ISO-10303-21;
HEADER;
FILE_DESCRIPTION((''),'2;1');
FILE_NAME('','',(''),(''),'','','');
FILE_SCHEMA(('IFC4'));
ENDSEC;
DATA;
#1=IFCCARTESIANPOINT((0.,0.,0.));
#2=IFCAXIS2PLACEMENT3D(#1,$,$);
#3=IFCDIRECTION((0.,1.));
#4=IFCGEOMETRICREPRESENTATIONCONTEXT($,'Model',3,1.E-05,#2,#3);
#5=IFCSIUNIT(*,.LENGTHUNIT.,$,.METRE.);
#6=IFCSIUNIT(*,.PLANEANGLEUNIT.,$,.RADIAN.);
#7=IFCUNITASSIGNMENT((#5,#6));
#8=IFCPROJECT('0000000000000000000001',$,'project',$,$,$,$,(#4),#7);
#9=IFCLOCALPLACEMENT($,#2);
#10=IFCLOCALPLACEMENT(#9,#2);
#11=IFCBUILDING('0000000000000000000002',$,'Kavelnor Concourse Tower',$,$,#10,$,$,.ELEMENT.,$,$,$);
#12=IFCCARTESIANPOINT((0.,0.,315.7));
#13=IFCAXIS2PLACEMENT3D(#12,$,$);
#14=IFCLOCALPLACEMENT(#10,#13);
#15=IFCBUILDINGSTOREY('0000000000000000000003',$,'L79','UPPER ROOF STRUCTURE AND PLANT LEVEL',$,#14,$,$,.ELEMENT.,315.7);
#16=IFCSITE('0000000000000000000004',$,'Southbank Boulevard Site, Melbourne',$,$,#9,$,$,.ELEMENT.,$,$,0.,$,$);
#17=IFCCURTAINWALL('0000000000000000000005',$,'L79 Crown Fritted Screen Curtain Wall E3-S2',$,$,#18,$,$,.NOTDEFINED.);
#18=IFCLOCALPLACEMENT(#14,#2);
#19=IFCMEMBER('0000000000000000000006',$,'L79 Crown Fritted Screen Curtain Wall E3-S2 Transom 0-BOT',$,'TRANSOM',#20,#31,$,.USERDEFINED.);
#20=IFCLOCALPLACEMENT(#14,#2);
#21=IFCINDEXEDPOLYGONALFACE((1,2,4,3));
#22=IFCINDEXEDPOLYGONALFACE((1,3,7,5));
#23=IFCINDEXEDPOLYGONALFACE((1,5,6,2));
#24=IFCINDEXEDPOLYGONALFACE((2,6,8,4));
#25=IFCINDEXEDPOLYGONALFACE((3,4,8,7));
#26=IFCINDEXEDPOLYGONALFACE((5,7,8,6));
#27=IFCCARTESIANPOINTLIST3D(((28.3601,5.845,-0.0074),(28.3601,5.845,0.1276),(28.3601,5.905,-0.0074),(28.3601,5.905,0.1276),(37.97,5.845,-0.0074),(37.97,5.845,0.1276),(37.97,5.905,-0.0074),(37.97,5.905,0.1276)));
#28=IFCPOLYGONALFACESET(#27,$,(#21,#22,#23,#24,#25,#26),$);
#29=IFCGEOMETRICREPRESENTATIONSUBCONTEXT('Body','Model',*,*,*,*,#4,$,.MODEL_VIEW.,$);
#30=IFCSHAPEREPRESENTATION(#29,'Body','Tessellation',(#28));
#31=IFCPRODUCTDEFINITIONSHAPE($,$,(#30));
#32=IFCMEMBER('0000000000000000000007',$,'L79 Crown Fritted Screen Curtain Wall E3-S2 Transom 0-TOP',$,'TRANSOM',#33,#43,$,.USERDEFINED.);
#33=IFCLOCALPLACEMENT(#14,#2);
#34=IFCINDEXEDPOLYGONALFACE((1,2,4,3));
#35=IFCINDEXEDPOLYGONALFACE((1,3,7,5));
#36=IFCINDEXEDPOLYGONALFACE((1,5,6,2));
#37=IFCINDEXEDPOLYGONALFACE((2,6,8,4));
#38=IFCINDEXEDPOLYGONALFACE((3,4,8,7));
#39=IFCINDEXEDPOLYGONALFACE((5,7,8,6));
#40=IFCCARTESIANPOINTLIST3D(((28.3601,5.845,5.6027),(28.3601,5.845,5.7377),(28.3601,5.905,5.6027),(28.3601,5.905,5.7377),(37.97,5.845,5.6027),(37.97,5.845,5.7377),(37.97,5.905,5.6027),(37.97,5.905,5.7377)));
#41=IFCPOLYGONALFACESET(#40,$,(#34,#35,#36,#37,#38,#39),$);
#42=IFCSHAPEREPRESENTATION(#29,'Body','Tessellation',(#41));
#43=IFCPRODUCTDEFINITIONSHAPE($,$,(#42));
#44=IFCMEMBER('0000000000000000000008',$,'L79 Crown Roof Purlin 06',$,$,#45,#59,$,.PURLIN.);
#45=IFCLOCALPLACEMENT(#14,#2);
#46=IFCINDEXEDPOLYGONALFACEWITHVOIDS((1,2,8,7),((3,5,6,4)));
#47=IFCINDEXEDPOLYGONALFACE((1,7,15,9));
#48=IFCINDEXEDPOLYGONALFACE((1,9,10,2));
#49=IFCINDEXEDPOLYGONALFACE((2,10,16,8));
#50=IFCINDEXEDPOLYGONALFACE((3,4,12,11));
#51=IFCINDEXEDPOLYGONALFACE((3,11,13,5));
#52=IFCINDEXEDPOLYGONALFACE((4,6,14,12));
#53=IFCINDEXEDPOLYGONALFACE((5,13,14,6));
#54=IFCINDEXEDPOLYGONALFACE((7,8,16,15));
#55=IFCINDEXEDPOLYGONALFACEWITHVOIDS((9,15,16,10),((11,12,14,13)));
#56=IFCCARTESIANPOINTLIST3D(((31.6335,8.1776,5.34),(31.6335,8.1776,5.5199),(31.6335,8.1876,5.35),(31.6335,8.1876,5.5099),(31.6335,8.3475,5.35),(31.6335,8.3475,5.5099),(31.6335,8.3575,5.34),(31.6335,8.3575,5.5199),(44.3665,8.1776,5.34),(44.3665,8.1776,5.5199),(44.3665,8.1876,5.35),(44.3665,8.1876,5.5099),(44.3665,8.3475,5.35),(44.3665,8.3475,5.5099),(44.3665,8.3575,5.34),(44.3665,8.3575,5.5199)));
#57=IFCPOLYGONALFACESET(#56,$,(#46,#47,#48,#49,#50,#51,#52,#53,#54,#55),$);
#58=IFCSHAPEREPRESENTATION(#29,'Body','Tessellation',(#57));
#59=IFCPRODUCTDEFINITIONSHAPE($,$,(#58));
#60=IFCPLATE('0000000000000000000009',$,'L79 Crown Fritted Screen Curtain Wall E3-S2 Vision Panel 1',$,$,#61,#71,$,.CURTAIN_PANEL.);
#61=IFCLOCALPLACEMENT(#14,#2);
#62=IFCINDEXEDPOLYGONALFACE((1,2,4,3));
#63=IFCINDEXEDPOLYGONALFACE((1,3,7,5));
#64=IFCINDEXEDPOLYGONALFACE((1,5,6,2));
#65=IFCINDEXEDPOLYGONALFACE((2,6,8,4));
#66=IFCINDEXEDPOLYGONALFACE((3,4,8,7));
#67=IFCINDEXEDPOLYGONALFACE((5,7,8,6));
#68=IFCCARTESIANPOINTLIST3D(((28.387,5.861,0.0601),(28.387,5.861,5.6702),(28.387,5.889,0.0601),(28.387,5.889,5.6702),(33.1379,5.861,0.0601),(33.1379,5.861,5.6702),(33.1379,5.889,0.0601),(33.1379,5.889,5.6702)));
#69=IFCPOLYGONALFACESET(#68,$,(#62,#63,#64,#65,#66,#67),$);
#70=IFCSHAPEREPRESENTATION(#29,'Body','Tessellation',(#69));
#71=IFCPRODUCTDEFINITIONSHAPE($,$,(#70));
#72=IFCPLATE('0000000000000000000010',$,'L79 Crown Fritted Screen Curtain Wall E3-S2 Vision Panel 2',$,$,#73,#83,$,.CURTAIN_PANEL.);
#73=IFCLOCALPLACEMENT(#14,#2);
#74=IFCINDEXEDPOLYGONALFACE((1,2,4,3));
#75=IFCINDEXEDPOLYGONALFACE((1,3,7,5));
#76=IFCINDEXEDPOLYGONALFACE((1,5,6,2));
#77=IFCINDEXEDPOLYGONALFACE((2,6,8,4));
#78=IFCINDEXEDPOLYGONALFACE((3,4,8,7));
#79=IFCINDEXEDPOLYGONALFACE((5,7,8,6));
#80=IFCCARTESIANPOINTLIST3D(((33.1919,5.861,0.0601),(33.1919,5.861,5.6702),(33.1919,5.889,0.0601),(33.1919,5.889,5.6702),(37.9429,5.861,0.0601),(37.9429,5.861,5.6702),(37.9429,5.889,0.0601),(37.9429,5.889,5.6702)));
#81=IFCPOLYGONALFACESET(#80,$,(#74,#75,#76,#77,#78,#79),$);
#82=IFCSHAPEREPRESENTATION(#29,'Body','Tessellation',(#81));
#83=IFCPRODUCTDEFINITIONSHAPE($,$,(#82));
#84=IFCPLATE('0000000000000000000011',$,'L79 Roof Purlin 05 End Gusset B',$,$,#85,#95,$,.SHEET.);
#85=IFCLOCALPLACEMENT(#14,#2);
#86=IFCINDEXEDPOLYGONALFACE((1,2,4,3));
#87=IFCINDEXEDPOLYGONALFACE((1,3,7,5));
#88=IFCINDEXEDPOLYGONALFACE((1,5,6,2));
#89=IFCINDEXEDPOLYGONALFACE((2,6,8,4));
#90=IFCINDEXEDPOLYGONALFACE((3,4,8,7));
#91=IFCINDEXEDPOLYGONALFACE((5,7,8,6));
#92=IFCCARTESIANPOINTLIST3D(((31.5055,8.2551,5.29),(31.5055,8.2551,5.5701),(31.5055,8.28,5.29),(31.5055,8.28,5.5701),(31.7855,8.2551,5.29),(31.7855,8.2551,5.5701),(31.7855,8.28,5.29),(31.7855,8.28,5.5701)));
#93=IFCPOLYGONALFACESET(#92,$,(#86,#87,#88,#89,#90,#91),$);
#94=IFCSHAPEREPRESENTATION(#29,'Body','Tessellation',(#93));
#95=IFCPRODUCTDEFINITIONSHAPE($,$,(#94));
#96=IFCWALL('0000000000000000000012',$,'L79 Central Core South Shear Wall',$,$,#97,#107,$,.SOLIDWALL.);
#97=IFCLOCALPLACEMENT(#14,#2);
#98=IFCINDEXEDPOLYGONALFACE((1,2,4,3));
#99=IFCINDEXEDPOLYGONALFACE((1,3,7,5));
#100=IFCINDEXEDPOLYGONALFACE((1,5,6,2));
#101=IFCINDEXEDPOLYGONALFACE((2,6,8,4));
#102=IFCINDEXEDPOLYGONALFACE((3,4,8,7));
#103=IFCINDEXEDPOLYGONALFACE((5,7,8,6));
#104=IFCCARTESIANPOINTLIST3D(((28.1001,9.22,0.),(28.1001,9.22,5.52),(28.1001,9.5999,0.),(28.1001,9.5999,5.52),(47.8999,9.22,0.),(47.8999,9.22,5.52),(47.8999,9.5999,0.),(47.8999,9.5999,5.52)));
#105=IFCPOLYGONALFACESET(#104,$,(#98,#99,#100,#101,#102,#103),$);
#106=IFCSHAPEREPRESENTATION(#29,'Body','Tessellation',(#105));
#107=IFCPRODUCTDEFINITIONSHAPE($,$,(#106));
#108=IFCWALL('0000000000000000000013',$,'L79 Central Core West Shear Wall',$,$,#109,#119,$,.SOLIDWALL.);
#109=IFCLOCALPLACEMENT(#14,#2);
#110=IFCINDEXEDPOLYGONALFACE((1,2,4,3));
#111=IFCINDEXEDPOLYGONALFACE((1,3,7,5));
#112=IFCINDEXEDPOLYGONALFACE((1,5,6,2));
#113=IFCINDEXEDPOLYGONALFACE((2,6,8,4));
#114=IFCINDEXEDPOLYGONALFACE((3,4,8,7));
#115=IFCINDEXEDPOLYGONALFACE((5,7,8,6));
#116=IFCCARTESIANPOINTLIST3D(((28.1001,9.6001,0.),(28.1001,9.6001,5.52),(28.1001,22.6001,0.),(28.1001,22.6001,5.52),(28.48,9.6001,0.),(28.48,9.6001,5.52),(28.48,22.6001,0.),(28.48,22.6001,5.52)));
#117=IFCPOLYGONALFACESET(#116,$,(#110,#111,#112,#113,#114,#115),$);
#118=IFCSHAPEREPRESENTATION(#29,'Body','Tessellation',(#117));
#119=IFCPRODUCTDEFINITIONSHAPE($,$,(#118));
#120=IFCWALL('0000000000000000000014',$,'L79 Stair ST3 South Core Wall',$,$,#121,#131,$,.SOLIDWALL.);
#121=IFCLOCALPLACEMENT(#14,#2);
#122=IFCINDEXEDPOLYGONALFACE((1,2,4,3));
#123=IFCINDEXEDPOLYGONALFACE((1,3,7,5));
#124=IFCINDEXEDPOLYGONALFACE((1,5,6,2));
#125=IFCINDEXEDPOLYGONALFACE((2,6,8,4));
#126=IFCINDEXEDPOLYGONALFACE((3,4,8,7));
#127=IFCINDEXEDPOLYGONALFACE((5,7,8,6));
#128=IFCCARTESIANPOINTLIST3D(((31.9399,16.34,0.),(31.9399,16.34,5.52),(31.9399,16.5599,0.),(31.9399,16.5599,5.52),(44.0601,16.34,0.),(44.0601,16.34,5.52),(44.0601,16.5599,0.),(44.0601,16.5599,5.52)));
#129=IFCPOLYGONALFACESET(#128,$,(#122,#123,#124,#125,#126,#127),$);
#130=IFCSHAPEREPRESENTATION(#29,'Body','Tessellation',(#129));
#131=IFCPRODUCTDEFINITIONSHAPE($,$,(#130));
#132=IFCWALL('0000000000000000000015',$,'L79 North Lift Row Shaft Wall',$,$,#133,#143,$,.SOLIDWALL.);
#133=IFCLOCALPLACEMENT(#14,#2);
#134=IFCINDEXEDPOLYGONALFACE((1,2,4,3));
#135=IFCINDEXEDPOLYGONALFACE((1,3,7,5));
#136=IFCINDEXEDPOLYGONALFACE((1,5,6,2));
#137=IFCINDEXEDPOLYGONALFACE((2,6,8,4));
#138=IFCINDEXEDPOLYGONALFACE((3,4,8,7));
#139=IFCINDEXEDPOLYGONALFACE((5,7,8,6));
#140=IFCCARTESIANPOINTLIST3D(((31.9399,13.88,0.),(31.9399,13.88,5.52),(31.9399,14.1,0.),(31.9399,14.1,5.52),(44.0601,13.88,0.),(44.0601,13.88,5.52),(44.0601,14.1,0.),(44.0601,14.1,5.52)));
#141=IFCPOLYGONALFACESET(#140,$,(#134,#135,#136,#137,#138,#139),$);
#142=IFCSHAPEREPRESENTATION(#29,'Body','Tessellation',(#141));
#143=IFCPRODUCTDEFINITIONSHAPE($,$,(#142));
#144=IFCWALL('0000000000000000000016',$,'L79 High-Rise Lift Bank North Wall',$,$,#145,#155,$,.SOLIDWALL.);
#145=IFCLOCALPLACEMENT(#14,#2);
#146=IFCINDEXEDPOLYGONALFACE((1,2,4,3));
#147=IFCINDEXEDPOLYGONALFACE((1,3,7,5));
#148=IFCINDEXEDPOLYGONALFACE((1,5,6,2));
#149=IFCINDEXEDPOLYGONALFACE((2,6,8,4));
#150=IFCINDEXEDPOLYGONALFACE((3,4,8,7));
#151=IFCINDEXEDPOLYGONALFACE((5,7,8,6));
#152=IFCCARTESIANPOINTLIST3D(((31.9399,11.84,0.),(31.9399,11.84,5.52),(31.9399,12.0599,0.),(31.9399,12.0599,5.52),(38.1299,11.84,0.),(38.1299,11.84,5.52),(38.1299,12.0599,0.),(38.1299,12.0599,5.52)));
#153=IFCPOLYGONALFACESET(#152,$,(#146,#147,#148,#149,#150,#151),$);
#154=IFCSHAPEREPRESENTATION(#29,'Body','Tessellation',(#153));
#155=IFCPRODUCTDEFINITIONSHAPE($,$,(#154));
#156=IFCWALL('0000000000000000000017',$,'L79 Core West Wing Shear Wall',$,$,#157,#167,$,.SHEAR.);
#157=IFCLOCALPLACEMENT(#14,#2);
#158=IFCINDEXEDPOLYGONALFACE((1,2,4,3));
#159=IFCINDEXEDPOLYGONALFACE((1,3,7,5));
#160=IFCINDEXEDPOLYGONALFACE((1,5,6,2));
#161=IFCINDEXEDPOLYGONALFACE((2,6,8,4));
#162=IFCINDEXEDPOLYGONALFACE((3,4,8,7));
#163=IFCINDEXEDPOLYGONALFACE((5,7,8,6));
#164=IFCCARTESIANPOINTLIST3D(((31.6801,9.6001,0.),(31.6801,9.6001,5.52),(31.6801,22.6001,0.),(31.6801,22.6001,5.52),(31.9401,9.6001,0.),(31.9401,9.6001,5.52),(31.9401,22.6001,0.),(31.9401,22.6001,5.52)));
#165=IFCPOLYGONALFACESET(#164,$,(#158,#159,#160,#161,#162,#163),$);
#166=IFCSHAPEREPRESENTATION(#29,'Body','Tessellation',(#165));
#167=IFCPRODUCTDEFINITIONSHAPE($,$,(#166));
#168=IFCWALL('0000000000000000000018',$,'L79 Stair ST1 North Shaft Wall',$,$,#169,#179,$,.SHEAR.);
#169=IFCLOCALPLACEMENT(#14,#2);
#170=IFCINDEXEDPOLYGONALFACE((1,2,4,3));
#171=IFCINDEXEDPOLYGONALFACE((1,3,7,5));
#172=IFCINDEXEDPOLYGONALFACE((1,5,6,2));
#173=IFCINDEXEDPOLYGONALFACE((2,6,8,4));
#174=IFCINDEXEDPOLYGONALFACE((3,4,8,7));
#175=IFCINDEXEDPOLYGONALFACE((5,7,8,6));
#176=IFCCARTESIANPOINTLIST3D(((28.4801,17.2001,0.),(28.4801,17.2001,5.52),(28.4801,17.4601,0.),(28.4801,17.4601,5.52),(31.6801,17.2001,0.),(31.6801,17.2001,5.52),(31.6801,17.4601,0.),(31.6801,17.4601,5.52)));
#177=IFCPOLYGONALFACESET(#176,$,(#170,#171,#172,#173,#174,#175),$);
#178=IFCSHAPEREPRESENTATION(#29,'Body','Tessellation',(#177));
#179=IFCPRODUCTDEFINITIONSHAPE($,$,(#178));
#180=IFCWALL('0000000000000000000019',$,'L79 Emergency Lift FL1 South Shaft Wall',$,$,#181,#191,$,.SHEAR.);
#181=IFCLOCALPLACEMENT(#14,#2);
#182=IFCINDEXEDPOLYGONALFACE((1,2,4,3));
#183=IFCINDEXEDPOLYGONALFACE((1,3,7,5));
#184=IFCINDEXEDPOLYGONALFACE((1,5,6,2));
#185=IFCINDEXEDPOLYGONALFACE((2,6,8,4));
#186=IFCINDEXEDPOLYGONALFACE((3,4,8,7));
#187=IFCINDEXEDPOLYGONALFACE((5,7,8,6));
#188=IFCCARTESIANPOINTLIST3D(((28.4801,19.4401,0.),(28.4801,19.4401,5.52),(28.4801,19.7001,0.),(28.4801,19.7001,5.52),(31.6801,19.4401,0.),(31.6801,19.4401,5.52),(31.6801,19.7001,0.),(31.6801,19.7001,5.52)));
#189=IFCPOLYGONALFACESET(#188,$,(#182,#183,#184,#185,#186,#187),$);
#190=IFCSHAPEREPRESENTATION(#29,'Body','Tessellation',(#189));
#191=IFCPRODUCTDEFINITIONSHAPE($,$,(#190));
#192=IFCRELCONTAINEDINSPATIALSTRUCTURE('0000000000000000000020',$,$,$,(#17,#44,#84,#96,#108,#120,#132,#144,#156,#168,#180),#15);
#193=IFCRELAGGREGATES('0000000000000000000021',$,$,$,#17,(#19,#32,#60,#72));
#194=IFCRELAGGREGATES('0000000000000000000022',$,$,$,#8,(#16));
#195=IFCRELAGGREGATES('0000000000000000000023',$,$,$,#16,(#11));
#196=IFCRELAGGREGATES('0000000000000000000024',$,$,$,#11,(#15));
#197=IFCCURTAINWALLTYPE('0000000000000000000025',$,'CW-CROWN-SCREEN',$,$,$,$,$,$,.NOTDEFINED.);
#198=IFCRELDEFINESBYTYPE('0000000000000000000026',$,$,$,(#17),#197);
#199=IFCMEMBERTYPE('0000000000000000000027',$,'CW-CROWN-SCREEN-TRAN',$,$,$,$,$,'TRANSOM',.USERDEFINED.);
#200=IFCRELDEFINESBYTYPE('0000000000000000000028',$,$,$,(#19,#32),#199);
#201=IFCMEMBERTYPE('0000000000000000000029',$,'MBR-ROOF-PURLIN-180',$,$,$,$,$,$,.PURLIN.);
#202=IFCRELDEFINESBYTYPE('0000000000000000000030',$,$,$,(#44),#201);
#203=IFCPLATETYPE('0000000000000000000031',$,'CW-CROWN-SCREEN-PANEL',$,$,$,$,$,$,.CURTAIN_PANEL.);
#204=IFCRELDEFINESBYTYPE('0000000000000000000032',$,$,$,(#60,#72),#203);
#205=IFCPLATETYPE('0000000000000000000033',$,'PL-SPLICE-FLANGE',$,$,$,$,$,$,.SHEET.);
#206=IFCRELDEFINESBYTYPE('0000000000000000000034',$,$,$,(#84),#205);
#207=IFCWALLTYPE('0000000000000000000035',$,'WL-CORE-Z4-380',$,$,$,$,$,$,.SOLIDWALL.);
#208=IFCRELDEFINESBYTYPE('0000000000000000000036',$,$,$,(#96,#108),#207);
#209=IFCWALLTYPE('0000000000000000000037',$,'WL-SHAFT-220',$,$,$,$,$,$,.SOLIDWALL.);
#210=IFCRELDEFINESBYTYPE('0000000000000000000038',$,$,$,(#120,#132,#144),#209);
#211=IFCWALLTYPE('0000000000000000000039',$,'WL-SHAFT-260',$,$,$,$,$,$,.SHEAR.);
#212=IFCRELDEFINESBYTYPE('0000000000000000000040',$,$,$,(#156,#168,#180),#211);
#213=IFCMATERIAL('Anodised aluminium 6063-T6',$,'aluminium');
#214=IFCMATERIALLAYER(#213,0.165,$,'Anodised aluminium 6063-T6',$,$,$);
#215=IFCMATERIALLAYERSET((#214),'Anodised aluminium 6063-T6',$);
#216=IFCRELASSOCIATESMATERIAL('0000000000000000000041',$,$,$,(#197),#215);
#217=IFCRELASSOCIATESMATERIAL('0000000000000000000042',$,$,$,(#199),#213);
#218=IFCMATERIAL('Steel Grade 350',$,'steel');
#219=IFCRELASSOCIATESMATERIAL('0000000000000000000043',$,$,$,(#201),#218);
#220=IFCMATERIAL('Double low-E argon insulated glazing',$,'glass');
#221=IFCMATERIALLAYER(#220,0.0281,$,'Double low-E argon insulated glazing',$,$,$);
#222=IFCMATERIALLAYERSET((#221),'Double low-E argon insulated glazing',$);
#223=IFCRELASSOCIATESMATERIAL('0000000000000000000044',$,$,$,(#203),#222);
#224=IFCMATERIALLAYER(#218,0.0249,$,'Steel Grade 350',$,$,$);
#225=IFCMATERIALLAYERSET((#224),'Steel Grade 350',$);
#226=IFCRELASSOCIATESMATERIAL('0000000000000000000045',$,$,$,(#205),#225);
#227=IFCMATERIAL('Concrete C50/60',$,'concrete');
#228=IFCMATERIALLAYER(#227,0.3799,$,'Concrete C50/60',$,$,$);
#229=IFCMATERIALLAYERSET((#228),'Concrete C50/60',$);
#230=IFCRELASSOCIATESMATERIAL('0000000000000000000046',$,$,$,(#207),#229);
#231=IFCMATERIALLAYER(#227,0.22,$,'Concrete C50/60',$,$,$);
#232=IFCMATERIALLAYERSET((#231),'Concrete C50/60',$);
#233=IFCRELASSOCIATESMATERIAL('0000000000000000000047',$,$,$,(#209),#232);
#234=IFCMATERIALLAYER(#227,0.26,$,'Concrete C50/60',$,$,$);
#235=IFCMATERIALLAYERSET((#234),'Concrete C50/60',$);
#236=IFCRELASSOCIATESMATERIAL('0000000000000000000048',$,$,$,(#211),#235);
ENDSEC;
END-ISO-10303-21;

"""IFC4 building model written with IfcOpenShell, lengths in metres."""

from ifc_helpers import new_model, si_unit, direction, frame, frame_2d, origin, origin_2d, place, context, subcontext, project, spatial, rectangle, hollow_rectangle, extrude, material, layer, layer_set, material_profile, profile_set, type_object, element, aggregate, save


model = new_model("IFC4")

# Units and contexts
model_context = context("Model", 3, precision=1e-05, world=origin(), true_north=direction((0.0, 1.0)))
body_context = subcontext(model_context, "Body", "Model", "MODEL_VIEW")
ifc_project = project(units=[si_unit("LENGTHUNIT", "METRE"), si_unit("PLANEANGLEUNIT", "RADIAN")], contexts=[model_context])

# Site, building, storey
site_placement = place(None, origin())
site = spatial("IfcSite", under=ifc_project, at=site_placement, Name="Southbank Boulevard Site, Melbourne", CompositionType="ELEMENT", RefElevation=0.0)
building_placement = place(site_placement, origin())
building = spatial("IfcBuilding", under=site, at=building_placement, Name="Kavelnor Concourse Tower", CompositionType="ELEMENT")
storey_placement = place(building_placement, frame((0.0, 0.0, 315.7)))
storey = spatial("IfcBuildingStorey", under=building, at=storey_placement, Name="L79", Description="UPPER ROOF STRUCTURE AND PLANT LEVEL", CompositionType="ELEMENT", Elevation=315.7)

# Shared definitions
ifc_material_1 = material(Name="Steel Grade 350", Category="steel")

# Shared definitions
ifc_material_2 = material(Name="Anodised aluminium 6063-T6", Category="aluminium")
ifc_layer_1 = layer(ifc_material_2, 0.165, Name="Anodised aluminium 6063-T6")
ifc_layer_set_1 = layer_set([ifc_layer_1], Name="Anodised aluminium 6063-T6")
curtain_wall_type = type_object("IfcCurtainWallType", Name="CW-CROWN-SCREEN", PredefinedType="NOTDEFINED", material=ifc_layer_set_1)

# Curtain wall, members
curtain_wall_1_placement = place(storey_placement, origin())
curtain_wall_1 = element("IfcCurtainWall", 1, at=curtain_wall_1_placement, inside=storey, type_object=curtain_wall_type, Name="L79 Crown Fritted Screen Curtain Wall E3-S2", PredefinedType="NOTDEFINED")
ifc_material_profile_1 = material_profile(ifc_material_2, rectangle(XDim=0.0601, YDim=0.135, at=origin_2d()), Name="AL-TRAN 60x135")
ifc_profile_set_1 = profile_set([ifc_material_profile_1], Name="Anodised aluminium 6063-T6")
member_type_1 = type_object("IfcMemberType", Name="CW-CROWN-SCREEN-TRAN", ElementType="TRANSOM", PredefinedType="USERDEFINED", material=ifc_profile_set_1)
member_1_placement = place(storey_placement, frame((28.3601, 5.875, 0.0601), z_axis=(1.0, 0.0, 0.0), x_axis=(0.0, 1.0, 0.0)))
member_1 = element("IfcMember", 2, at=member_1_placement, type_object=member_type_1, Name="L79 Crown Fritted Screen Curtain Wall E3-S2 Transom 0-BOT", ObjectType="TRANSOM", PredefinedType="USERDEFINED", context=body_context, shape_type="SweptSolid", body=[
    extrude(rectangle(XDim=0.0601, YDim=0.135, at=origin_2d()), origin(), (0.0, 0.0, 1.0), 9.6099),
])
member_2_placement = place(storey_placement, frame((28.3601, 5.875, 5.6702), z_axis=(1.0, 0.0, 0.0), x_axis=(0.0, 1.0, 0.0)))
member_2 = element("IfcMember", 3, at=member_2_placement, type_object=member_type_1, Name="L79 Crown Fritted Screen Curtain Wall E3-S2 Transom 0-TOP", ObjectType="TRANSOM", PredefinedType="USERDEFINED", context=body_context, shape_type="SweptSolid", body=[
    extrude(rectangle(XDim=0.0601, YDim=0.135, at=origin_2d()), origin(), (0.0, 0.0, 1.0), 9.6099),
])

# Member
ifc_material_profile_2 = material_profile(ifc_material_1, hollow_rectangle(XDim=0.1799, YDim=0.1799, WallThickness=0.01, at=origin_2d()), Name="SHS 180x180x10")
ifc_profile_set_2 = profile_set([ifc_material_profile_2], Name="Steel Grade 350")
member_type_2 = type_object("IfcMemberType", Name="MBR-ROOF-PURLIN-180", PredefinedType="PURLIN", material=ifc_profile_set_2)
member_3_placement = place(storey_placement, frame((31.6335, 8.2676, 5.4299), z_axis=(1.0, 0.0, 0.0), x_axis=(0.0, 1.0, 0.0)))
element("IfcMember", 4, at=member_3_placement, inside=storey, type_object=member_type_2, Name="L79 Crown Roof Purlin 06", PredefinedType="PURLIN", context=body_context, shape_type="SweptSolid", body=[
    extrude(hollow_rectangle(XDim=0.1799, YDim=0.1799, WallThickness=0.01, at=origin_2d()), origin(), (0.0, 0.0, 1.0), 12.7329),
])

# Plates
ifc_material_3 = material(Name="Double low-E argon insulated glazing", Category="glass")
ifc_layer_2 = layer(ifc_material_3, 0.0281, Name="Double low-E argon insulated glazing")
ifc_layer_set_2 = layer_set([ifc_layer_2], Name="Double low-E argon insulated glazing")
plate_type_1 = type_object("IfcPlateType", Name="CW-CROWN-SCREEN-PANEL", PredefinedType="CURTAIN_PANEL", material=ifc_layer_set_2)
plate_1_placement = place(storey_placement, frame((30.7625, 5.875, 0.0601), z_axis=(0.0, 0.0, 1.0), x_axis=(1.0, 0.0, 0.0)))
plate_1 = element("IfcPlate", 5, at=plate_1_placement, type_object=plate_type_1, Name="L79 Crown Fritted Screen Curtain Wall E3-S2 Vision Panel 1", PredefinedType="CURTAIN_PANEL", context=body_context, shape_type="SweptSolid", body=[
    extrude(rectangle(XDim=4.751, YDim=0.0281, at=origin_2d()), origin(), (0.0, 0.0, 1.0), 5.6101),
])
plate_2_placement = place(storey_placement, frame((35.5674, 5.875, 0.0601), z_axis=(0.0, 0.0, 1.0), x_axis=(1.0, 0.0, 0.0)))
plate_2 = element("IfcPlate", 6, at=plate_2_placement, type_object=plate_type_1, Name="L79 Crown Fritted Screen Curtain Wall E3-S2 Vision Panel 2", PredefinedType="CURTAIN_PANEL", context=body_context, shape_type="SweptSolid", body=[
    extrude(rectangle(XDim=4.751, YDim=0.0281, at=origin_2d()), origin(), (0.0, 0.0, 1.0), 5.6101),
])
aggregate(curtain_wall_1, [member_1, member_2, plate_1, plate_2])
ifc_layer_3 = layer(ifc_material_1, 0.0249, Name="Steel Grade 350")
ifc_layer_set_3 = layer_set([ifc_layer_3], Name="Steel Grade 350")
plate_type_2 = type_object("IfcPlateType", Name="PL-SPLICE-FLANGE", PredefinedType="SHEET", material=ifc_layer_set_3)
plate_3_placement = place(storey_placement, frame((31.6455, 8.2676, 5.29), z_axis=(0.0, 0.0, 1.0), x_axis=(1.0, 0.0, 0.0)))
element("IfcPlate", 7, at=plate_3_placement, inside=storey, type_object=plate_type_2, Name="L79 Roof Purlin 05 End Gusset B", PredefinedType="SHEET", context=body_context, shape_type="SweptSolid", body=[
    extrude(rectangle(XDim=0.28, YDim=0.0249, at=origin_2d()), origin(), (0.0, 0.0, 1.0), 0.28),
])

# Walls
ifc_material_4 = material(Name="Concrete C50/60", Category="concrete")
ifc_layer_4 = layer(ifc_material_4, 0.3799, Name="Concrete C50/60")
ifc_layer_set_4 = layer_set([ifc_layer_4], Name="Concrete C50/60")
wall_type_1 = type_object("IfcWallType", Name="WL-CORE-Z4-380", PredefinedType="SOLIDWALL", material=ifc_layer_set_4)
wall_1_placement = place(storey_placement, frame((28.1001, 9.4099, 0.0), z_axis=(0.0, 0.0, 1.0), x_axis=(1.0, 0.0, 0.0)))
element("IfcWall", 8, at=wall_1_placement, inside=storey, type_object=wall_type_1, Name="L79 Central Core South Shear Wall", PredefinedType="SOLIDWALL", context=body_context, shape_type="SweptSolid", body=[
    extrude(rectangle(XDim=19.7998, YDim=0.3799, at=frame_2d((9.8999, 0.0))), origin(), (0.0, 0.0, 1.0), 5.52),
])
wall_2_placement = place(storey_placement, frame((28.29, 9.6001, 0.0), z_axis=(0.0, 0.0, 1.0), x_axis=(0.0, 1.0, 0.0)))
element("IfcWall", 9, at=wall_2_placement, inside=storey, type_object=wall_type_1, Name="L79 Central Core West Shear Wall", PredefinedType="SOLIDWALL", context=body_context, shape_type="SweptSolid", body=[
    extrude(rectangle(XDim=13.0, YDim=0.3799, at=frame_2d((6.5, 0.0))), origin(), (0.0, 0.0, 1.0), 5.52),
])
ifc_layer_5 = layer(ifc_material_4, 0.22, Name="Concrete C50/60")
ifc_layer_set_5 = layer_set([ifc_layer_5], Name="Concrete C50/60")
wall_type_2 = type_object("IfcWallType", Name="WL-SHAFT-220", PredefinedType="SOLIDWALL", material=ifc_layer_set_5)
for number, where, z_axis, x_axis, name in (
    (10, (31.9399, 16.45, 0.0), (0.0, 0.0, 1.0), (1.0, 0.0, 0.0), "L79 Stair ST3 South Core Wall"),
    (11, (31.9399, 13.99, 0.0), (0.0, 0.0, 1.0), (1.0, 0.0, 0.0), "L79 North Lift Row Shaft Wall"),
):
    element("IfcWall", number, at=place(storey_placement, frame(where, z_axis=z_axis, x_axis=x_axis)), inside=storey, type_object=wall_type_2, Name=name, PredefinedType="SOLIDWALL", context=body_context, shape_type="SweptSolid", body=[
        extrude(rectangle(XDim=12.1201, YDim=0.22, at=frame_2d((6.0601, 0.0))), origin(), (0.0, 0.0, 1.0), 5.52),
    ])
wall_3_placement = place(storey_placement, frame((31.9399, 11.95, 0.0), z_axis=(0.0, 0.0, 1.0), x_axis=(1.0, 0.0, 0.0)))
element("IfcWall", 12, at=wall_3_placement, inside=storey, type_object=wall_type_2, Name="L79 High-Rise Lift Bank North Wall", PredefinedType="SOLIDWALL", context=body_context, shape_type="SweptSolid", body=[
    extrude(rectangle(XDim=6.1899, YDim=0.22, at=frame_2d((3.095, 0.0))), origin(), (0.0, 0.0, 1.0), 5.52),
])
ifc_layer_6 = layer(ifc_material_4, 0.26, Name="Concrete C50/60")
ifc_layer_set_6 = layer_set([ifc_layer_6], Name="Concrete C50/60")
wall_type_3 = type_object("IfcWallType", Name="WL-SHAFT-260", PredefinedType="SHEAR", material=ifc_layer_set_6)
wall_4_placement = place(storey_placement, frame((31.8101, 9.6001, 0.0), z_axis=(0.0, 0.0, 1.0), x_axis=(0.0, 1.0, 0.0)))
element("IfcWall", 13, at=wall_4_placement, inside=storey, type_object=wall_type_3, Name="L79 Core West Wing Shear Wall", PredefinedType="SHEAR", context=body_context, shape_type="SweptSolid", body=[
    extrude(rectangle(XDim=13.0, YDim=0.26, at=frame_2d((6.5, 0.0))), origin(), (0.0, 0.0, 1.0), 5.52),
])
for number, where, z_axis, x_axis, name in (
    (14, (28.48, 17.3301, 0.0), (0.0, 0.0, 1.0), (1.0, 0.0, 0.0), "L79 Stair ST1 North Shaft Wall"),
    (15, (28.48, 19.5701, 0.0), (0.0, 0.0, 1.0), (1.0, 0.0, 0.0), "L79 Emergency Lift FL1 South Shaft Wall"),
):
    element("IfcWall", number, at=place(storey_placement, frame(where, z_axis=z_axis, x_axis=x_axis)), inside=storey, type_object=wall_type_3, Name=name, PredefinedType="SHEAR", context=body_context, shape_type="SweptSolid", body=[
        extrude(rectangle(XDim=3.2, YDim=0.26, at=frame_2d((1.6001, 0.0))), origin(), (0.0, 0.0, 1.0), 5.52),
    ])

save(model, "model.ifc")
